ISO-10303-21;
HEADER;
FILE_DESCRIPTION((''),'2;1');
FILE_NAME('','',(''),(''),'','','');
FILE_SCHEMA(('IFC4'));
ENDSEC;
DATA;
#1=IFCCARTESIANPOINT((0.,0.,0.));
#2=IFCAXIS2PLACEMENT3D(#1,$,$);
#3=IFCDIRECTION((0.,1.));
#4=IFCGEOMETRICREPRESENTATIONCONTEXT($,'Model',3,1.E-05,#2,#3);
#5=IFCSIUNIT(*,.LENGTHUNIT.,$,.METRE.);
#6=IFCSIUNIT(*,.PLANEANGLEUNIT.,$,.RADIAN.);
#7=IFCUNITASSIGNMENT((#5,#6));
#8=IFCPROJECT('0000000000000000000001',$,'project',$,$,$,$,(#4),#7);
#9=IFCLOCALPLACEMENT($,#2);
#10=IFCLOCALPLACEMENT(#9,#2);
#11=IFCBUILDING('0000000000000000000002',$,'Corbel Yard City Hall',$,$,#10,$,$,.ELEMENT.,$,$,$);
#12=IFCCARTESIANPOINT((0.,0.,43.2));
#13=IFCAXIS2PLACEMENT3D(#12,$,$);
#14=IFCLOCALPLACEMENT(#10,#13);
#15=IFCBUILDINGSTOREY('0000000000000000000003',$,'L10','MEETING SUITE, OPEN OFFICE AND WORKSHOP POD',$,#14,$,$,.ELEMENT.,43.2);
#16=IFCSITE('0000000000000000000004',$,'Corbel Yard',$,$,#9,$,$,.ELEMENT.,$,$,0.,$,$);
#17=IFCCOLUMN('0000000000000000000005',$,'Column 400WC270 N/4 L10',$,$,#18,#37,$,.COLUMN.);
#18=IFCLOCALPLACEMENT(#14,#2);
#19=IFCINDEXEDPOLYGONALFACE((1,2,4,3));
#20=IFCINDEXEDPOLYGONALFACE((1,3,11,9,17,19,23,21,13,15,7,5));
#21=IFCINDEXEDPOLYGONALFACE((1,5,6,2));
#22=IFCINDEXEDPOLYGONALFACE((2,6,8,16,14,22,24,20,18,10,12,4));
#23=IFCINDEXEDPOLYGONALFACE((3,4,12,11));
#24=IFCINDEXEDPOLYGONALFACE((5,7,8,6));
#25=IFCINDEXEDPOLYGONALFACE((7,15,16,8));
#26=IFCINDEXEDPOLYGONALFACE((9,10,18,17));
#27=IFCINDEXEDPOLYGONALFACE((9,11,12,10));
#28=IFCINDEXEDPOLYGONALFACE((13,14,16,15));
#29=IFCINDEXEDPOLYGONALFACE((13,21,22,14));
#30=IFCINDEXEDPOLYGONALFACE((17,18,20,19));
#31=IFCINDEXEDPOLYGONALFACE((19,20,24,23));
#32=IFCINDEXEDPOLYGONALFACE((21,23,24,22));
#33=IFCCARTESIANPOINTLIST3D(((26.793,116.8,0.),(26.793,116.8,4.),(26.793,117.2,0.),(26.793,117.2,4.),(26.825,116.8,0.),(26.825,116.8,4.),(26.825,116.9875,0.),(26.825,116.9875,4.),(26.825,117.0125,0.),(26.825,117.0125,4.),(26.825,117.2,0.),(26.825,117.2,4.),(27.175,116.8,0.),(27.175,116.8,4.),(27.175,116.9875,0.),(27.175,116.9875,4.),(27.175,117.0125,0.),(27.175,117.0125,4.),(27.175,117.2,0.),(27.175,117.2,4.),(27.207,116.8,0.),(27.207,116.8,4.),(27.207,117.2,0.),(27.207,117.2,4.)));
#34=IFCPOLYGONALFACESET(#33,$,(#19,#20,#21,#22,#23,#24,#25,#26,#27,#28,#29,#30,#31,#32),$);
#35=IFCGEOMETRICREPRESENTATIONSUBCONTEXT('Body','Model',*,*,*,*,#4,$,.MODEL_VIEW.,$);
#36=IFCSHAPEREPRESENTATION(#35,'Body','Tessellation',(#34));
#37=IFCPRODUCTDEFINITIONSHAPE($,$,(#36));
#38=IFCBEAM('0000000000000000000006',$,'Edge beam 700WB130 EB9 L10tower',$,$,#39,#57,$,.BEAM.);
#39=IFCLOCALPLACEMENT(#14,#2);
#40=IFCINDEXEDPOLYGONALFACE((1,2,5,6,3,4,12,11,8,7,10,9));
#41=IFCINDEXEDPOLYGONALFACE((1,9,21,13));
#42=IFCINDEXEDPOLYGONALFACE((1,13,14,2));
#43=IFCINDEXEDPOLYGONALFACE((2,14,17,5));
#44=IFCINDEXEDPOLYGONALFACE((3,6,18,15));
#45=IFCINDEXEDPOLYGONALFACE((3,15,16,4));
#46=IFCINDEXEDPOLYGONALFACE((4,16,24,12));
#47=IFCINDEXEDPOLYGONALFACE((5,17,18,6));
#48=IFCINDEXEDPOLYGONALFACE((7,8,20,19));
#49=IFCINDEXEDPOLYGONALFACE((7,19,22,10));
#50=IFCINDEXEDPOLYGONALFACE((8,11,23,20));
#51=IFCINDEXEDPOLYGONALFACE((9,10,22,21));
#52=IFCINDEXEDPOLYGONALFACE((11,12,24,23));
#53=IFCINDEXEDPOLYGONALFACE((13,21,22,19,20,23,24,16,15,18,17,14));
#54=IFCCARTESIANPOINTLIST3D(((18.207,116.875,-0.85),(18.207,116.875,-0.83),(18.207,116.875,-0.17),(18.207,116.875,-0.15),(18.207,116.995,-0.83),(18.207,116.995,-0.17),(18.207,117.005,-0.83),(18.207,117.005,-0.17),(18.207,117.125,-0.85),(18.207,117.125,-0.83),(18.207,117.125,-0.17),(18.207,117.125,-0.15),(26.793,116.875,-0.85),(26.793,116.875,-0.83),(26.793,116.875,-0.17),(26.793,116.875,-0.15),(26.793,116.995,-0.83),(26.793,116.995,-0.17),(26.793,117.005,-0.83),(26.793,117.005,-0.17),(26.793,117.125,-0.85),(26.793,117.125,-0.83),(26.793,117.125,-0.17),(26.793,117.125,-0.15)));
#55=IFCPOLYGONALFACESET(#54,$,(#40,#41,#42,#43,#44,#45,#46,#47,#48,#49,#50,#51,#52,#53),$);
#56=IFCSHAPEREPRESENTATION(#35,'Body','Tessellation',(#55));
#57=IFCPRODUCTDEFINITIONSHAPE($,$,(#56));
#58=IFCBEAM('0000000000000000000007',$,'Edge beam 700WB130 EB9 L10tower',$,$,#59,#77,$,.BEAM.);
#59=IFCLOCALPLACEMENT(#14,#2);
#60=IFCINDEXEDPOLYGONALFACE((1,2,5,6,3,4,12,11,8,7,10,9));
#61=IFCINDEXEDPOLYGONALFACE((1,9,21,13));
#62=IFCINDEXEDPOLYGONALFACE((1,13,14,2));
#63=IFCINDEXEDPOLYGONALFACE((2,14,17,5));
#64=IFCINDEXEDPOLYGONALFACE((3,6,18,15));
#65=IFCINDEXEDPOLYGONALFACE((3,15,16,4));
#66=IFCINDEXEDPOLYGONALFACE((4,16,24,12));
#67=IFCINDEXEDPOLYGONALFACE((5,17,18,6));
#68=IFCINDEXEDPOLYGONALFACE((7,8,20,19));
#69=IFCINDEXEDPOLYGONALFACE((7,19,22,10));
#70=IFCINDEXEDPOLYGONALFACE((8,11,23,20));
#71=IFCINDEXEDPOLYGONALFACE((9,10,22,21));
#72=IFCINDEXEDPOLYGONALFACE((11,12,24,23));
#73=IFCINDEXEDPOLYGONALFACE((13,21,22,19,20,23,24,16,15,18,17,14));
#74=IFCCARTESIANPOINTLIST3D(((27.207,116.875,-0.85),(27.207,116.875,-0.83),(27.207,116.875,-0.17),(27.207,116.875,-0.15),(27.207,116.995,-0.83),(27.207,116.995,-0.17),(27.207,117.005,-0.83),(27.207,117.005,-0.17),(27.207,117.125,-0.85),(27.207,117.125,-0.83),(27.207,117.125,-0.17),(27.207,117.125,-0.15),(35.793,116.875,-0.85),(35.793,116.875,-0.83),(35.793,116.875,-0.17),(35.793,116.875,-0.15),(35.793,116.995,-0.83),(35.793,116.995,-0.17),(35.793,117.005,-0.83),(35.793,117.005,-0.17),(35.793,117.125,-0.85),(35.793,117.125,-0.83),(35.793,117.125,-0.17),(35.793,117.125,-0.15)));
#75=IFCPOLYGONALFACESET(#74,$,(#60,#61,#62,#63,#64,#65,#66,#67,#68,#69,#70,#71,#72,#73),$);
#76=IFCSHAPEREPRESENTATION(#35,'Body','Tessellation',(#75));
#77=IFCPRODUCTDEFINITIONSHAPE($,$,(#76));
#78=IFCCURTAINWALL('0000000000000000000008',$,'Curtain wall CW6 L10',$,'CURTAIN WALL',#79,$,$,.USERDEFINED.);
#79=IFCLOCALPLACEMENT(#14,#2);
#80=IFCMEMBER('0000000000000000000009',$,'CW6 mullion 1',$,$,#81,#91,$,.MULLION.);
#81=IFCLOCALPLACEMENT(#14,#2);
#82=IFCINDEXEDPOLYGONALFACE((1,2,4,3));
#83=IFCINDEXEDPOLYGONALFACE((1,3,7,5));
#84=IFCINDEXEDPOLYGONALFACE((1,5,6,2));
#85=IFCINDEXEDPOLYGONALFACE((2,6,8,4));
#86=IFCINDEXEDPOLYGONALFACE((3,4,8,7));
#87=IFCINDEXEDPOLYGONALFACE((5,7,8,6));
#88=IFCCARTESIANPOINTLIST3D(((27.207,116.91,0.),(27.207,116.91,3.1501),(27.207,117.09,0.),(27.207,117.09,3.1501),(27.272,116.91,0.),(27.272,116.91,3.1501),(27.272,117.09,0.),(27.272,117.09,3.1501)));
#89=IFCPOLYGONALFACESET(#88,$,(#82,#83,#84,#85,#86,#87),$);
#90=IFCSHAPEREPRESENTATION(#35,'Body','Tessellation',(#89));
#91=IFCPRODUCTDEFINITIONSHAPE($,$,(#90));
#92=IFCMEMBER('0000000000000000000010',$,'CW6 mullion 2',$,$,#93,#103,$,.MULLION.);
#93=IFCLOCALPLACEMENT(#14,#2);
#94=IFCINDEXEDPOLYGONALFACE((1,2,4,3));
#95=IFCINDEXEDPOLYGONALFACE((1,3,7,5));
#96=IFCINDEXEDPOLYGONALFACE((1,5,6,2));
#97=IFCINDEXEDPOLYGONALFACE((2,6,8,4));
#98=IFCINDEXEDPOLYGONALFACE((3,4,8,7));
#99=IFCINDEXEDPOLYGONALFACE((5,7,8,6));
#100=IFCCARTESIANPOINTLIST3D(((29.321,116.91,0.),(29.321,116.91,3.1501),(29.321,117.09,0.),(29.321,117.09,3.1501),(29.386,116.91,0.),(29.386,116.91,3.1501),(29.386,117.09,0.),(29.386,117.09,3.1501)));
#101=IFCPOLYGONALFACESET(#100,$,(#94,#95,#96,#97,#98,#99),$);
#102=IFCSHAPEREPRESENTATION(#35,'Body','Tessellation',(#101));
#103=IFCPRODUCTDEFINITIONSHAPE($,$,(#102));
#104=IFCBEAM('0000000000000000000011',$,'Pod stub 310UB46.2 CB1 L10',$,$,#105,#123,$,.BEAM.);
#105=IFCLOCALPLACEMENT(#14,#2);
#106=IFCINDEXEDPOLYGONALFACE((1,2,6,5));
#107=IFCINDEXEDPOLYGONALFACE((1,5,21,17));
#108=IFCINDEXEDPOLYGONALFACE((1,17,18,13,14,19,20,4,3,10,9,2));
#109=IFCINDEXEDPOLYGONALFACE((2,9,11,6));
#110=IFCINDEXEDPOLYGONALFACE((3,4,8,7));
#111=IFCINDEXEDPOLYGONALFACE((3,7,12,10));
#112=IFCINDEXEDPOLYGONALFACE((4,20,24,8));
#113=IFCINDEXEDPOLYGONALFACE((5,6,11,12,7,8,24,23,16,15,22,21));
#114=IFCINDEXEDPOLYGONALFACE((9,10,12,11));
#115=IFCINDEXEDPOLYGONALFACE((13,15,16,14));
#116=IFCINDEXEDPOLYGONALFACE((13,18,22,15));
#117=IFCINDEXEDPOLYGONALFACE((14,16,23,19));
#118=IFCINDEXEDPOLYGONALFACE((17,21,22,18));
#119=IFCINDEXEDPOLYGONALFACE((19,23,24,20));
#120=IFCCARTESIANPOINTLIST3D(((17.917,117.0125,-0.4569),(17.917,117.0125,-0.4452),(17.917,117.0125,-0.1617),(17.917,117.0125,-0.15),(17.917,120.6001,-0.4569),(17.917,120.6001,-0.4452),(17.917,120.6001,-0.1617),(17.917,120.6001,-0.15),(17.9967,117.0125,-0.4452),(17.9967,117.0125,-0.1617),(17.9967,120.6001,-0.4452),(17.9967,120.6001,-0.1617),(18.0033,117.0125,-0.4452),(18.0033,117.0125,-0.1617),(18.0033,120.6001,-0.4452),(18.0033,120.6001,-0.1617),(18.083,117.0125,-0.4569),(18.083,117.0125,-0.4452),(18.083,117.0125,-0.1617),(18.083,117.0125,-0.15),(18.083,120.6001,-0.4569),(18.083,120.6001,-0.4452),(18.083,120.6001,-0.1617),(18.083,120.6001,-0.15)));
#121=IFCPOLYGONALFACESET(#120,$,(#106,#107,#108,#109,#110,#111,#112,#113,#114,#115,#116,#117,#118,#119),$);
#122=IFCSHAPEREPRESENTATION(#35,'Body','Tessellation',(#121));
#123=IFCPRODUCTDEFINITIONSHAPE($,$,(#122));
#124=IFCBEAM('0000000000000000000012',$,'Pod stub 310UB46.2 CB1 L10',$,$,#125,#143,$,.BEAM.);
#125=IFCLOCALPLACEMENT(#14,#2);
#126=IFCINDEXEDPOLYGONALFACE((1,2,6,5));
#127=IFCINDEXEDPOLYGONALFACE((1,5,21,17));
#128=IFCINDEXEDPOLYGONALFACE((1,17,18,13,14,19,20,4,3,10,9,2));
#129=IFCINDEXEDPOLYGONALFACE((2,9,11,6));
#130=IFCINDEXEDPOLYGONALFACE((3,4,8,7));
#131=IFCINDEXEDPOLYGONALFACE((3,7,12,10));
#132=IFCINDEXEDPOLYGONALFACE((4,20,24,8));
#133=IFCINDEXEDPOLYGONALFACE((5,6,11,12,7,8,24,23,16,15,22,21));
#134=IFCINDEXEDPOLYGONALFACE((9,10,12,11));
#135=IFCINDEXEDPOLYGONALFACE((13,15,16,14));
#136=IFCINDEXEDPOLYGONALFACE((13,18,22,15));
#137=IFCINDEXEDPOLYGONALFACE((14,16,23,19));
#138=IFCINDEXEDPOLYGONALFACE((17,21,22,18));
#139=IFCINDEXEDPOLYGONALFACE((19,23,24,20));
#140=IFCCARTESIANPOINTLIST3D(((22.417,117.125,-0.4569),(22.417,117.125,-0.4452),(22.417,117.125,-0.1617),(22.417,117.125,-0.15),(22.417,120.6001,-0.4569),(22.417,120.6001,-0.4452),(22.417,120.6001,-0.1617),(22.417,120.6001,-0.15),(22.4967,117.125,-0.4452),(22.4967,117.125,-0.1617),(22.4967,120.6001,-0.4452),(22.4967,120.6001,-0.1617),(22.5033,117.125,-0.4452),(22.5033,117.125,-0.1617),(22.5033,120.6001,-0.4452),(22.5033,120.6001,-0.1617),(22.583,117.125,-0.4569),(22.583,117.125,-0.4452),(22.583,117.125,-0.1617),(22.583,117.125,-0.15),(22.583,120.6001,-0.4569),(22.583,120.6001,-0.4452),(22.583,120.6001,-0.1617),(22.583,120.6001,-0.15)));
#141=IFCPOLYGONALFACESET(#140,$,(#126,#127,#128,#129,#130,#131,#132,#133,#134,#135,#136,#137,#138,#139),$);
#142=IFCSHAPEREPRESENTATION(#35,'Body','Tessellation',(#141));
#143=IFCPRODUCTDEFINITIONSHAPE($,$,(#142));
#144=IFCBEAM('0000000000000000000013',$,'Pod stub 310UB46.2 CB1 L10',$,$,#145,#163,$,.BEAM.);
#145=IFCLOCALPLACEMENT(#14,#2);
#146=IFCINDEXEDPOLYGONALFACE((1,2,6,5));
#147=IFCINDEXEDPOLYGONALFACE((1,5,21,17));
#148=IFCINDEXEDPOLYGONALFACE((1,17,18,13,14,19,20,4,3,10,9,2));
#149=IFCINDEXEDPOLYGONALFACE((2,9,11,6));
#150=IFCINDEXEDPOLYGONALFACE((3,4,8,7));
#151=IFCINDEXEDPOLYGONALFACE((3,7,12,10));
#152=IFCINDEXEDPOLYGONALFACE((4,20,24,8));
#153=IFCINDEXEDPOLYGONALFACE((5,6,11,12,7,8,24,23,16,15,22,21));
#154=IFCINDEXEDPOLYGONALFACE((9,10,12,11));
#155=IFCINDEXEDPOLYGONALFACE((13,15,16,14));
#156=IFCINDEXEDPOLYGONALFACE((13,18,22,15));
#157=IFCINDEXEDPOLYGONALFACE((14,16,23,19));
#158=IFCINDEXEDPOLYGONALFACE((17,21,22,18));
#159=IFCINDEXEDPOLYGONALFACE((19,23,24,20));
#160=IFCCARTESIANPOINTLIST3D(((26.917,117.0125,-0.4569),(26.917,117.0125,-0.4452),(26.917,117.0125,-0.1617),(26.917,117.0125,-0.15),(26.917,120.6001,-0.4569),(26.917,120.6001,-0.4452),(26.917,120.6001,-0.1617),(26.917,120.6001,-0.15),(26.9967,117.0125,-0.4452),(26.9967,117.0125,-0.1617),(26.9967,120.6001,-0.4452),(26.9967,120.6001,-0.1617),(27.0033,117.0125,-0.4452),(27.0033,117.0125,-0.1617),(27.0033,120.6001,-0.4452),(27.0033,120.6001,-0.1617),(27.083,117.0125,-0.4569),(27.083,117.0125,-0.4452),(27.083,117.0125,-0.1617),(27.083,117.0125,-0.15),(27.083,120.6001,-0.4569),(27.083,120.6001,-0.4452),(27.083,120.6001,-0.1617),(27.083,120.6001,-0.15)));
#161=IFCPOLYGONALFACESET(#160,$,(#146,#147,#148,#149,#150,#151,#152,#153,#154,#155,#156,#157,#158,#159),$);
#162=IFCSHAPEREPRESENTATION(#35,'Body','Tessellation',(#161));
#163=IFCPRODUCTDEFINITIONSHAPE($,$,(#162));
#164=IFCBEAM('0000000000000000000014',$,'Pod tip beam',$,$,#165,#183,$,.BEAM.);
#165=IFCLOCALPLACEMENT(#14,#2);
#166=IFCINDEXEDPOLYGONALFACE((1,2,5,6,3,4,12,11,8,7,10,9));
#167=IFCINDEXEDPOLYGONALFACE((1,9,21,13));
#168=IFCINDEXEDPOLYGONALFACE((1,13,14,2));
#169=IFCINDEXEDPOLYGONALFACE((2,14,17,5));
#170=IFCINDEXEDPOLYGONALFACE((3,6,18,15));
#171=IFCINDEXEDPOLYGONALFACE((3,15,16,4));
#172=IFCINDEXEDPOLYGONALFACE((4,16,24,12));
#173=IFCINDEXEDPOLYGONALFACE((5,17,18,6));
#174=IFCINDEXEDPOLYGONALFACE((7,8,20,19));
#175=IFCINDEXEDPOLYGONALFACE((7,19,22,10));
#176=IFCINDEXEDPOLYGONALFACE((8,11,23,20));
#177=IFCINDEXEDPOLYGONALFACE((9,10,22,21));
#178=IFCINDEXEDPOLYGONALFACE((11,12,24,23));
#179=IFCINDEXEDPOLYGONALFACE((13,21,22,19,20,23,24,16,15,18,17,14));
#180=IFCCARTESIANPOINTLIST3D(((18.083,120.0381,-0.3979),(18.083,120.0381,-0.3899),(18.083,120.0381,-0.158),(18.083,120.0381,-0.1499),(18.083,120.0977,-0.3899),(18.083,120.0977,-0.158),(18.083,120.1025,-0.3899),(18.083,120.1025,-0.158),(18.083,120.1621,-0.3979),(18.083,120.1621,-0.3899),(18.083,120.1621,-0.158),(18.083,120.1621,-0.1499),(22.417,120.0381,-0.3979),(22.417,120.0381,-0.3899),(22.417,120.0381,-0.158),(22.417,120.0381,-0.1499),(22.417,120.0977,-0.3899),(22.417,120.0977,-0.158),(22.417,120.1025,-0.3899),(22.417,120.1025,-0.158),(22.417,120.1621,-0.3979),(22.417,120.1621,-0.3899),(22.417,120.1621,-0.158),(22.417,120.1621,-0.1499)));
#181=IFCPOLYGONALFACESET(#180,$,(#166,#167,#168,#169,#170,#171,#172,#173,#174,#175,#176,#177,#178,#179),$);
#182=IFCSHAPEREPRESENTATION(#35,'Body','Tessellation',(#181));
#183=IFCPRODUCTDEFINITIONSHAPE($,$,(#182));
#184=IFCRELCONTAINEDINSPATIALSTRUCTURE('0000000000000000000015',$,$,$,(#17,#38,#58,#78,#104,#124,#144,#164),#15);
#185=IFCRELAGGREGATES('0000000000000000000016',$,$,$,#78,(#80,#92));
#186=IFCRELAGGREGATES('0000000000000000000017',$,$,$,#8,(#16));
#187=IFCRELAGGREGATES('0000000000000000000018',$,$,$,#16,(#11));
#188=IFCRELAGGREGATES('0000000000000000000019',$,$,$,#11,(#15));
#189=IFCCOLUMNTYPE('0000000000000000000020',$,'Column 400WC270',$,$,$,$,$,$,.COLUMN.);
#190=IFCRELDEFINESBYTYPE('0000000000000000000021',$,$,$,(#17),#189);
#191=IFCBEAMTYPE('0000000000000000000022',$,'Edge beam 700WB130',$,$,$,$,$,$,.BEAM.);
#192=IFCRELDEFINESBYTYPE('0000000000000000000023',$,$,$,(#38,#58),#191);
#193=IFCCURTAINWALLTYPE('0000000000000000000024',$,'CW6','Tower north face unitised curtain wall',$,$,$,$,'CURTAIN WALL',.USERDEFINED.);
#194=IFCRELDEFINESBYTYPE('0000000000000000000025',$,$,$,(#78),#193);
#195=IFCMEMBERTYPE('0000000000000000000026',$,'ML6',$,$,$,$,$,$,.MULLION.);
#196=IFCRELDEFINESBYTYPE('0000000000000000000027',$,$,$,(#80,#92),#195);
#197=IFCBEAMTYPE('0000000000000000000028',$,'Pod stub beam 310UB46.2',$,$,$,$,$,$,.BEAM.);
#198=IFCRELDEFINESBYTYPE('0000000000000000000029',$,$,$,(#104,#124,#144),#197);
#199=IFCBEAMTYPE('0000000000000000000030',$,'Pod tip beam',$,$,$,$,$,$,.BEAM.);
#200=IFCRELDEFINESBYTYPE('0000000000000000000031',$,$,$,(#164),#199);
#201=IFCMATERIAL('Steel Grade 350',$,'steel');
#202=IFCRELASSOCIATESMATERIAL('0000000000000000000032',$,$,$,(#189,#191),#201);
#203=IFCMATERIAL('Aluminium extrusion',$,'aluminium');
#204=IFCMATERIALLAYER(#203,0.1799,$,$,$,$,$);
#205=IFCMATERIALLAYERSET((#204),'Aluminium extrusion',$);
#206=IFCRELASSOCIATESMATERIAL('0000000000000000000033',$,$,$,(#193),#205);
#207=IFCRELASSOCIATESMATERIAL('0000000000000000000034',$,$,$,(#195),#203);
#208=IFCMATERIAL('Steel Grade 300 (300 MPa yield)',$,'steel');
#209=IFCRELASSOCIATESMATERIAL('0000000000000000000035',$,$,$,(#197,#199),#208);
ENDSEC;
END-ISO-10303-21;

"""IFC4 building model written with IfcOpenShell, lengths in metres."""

from ifc_helpers import new_model, si_unit, direction, frame, origin, origin_2d, place, context, subcontext, project, spatial, rectangle, i_section, extrude, material, layer, layer_set, material_profile, profile_set, type_object, element, aggregate, save


model = new_model("IFC4")

# Units and contexts
model_context = context("Model", 3, precision=1e-05, world=origin(), true_north=direction((0.0, 1.0)))
body_context = subcontext(model_context, "Body", "Model", "MODEL_VIEW")
ifc_project = project(units=[si_unit("LENGTHUNIT", "METRE"), si_unit("PLANEANGLEUNIT", "RADIAN")], contexts=[model_context])

# Site, building, storey
site_placement = place(None, origin())
site = spatial("IfcSite", under=ifc_project, at=site_placement, Name="Corbel Yard", CompositionType="ELEMENT", RefElevation=0.0)
building_placement = place(site_placement, origin())
building = spatial("IfcBuilding", under=site, at=building_placement, Name="Corbel Yard City Hall", CompositionType="ELEMENT")
storey_placement = place(building_placement, frame((0.0, 0.0, 43.2)))
storey = spatial("IfcBuildingStorey", under=building, at=storey_placement, Name="L10", Description="MEETING SUITE, OPEN OFFICE AND WORKSHOP POD", CompositionType="ELEMENT", Elevation=43.2)

# Column
ifc_material_1 = material(Name="Steel Grade 350", Category="steel")
ifc_material_profile_1 = material_profile(ifc_material_1, i_section(OverallWidth=0.3999, OverallDepth=0.4141, WebThickness=0.0249, FlangeThickness=0.032, at=origin_2d()), Name="400WC270")
ifc_profile_set_1 = profile_set([ifc_material_profile_1], Name="Steel Grade 350")
column_type = type_object("IfcColumnType", Name="Column 400WC270", PredefinedType="COLUMN", material=ifc_profile_set_1)
column_placement = place(storey_placement, frame((27.0, 117.0, 0.0), z_axis=(0.0, 0.0, 1.0), x_axis=(0.0, 1.0, 0.0)))
element("IfcColumn", 1, at=column_placement, inside=storey, type_object=column_type, Name="Column 400WC270 N/4 L10", PredefinedType="COLUMN", context=body_context, shape_type="SweptSolid", body=[
    extrude(i_section(OverallWidth=0.3999, OverallDepth=0.4141, WebThickness=0.0249, FlangeThickness=0.032, at=origin_2d()), origin(), (0.0, 0.0, 1.0), 4.0),
])

# Beams
ifc_material_profile_2 = material_profile(ifc_material_1, i_section(OverallWidth=0.25, OverallDepth=0.7, WebThickness=0.01, FlangeThickness=0.02, at=origin_2d()), Name="700WB130")
ifc_profile_set_2 = profile_set([ifc_material_profile_2], Name="Steel Grade 350")
beam_type_1 = type_object("IfcBeamType", Name="Edge beam 700WB130", PredefinedType="BEAM", material=ifc_profile_set_2)
for number, where, z_axis, x_axis, name in (
    (2, (18.207, 117.0, -0.5), (1.0, 0.0, 0.0), (0.0, 1.0, 0.0), "Edge beam 700WB130 EB9 L10tower"),
    (3, (27.207, 117.0, -0.5), (1.0, 0.0, 0.0), (0.0, 1.0, 0.0), "Edge beam 700WB130 EB9 L10tower"),
):
    element("IfcBeam", number, at=place(storey_placement, frame(where, z_axis=z_axis, x_axis=x_axis)), inside=storey, type_object=beam_type_1, Name=name, PredefinedType="BEAM", context=body_context, shape_type="SweptSolid", body=[
        extrude(i_section(OverallWidth=0.25, OverallDepth=0.7, WebThickness=0.01, FlangeThickness=0.02, at=origin_2d()), origin(), (0.0, 0.0, 1.0), 8.5859),
    ])

# Curtain wall, members
ifc_material_2 = material(Name="Aluminium extrusion", Category="aluminium")
ifc_layer_1 = layer(ifc_material_2, 0.1799)
ifc_layer_set_1 = layer_set([ifc_layer_1], Name="Aluminium extrusion")
curtain_wall_type = type_object("IfcCurtainWallType", Name="CW6", Description="Tower north face unitised curtain wall", ElementType="CURTAIN WALL", PredefinedType="USERDEFINED", material=ifc_layer_set_1)
curtain_wall_placement = place(storey_placement, origin())
curtain_wall = element("IfcCurtainWall", 4, at=curtain_wall_placement, inside=storey, type_object=curtain_wall_type, Name="Curtain wall CW6 L10", ObjectType="CURTAIN WALL", PredefinedType="USERDEFINED")
ifc_material_profile_3 = material_profile(ifc_material_2, rectangle(XDim=0.1799, YDim=0.0649, at=origin_2d()), Name="180x65")
ifc_profile_set_3 = profile_set([ifc_material_profile_3], Name="Aluminium extrusion")
member_type_1 = type_object("IfcMemberType", Name="ML6", PredefinedType="MULLION", material=ifc_profile_set_3)
member_1_placement = place(storey_placement, frame((27.2395, 117.0, 0.0), z_axis=(0.0, 0.0, 1.0), x_axis=(0.0, 1.0, 0.0)))
member_1 = element("IfcMember", 5, at=member_1_placement, type_object=member_type_1, Name="CW6 mullion 1", PredefinedType="MULLION", context=body_context, shape_type="SweptSolid", body=[
    extrude(rectangle(XDim=0.1799, YDim=0.0649, at=origin_2d()), origin(), (0.0, 0.0, 1.0), 3.1501),
])
member_2_placement = place(storey_placement, frame((29.3535, 117.0, 0.0), z_axis=(0.0, 0.0, 1.0), x_axis=(0.0, 1.0, 0.0)))
member_2 = element("IfcMember", 6, at=member_2_placement, type_object=member_type_1, Name="CW6 mullion 2", PredefinedType="MULLION", context=body_context, shape_type="SweptSolid", body=[
    extrude(rectangle(XDim=0.1799, YDim=0.0649, at=origin_2d()), origin(), (0.0, 0.0, 1.0), 3.1501),
])

# Beams
ifc_material_3 = material(Name="Steel Grade 300 (300 MPa yield)", Category="steel")
ifc_material_profile_4 = material_profile(ifc_material_3, i_section(OverallWidth=0.166, OverallDepth=0.3069, WebThickness=0.0066, FlangeThickness=0.0117, at=origin_2d()), Name="310UB46.2")
ifc_profile_set_4 = profile_set([ifc_material_profile_4], Name="Steel Grade 300 (300 MPa yield)")
beam_type_2 = type_object("IfcBeamType", Name="Pod stub beam 310UB46.2", PredefinedType="BEAM", material=ifc_profile_set_4)
beam_1_placement = place(storey_placement, frame((18.0, 117.0125, -0.3035), z_axis=(0.0, 1.0, 0.0), x_axis=(-1.0, 0.0, 0.0)))
element("IfcBeam", 7, at=beam_1_placement, inside=storey, type_object=beam_type_2, Name="Pod stub 310UB46.2 CB1 L10", PredefinedType="BEAM", context=body_context, shape_type="SweptSolid", body=[
    extrude(i_section(OverallWidth=0.166, OverallDepth=0.3069, WebThickness=0.0066, FlangeThickness=0.0117, at=origin_2d()), origin(), (0.0, 0.0, 1.0), 3.5876),
])
beam_2_placement = place(storey_placement, frame((22.5, 117.125, -0.3035), z_axis=(0.0, 1.0, 0.0), x_axis=(-1.0, 0.0, 0.0)))
element("IfcBeam", 8, at=beam_2_placement, inside=storey, type_object=beam_type_2, Name="Pod stub 310UB46.2 CB1 L10", PredefinedType="BEAM", context=body_context, shape_type="SweptSolid", body=[
    extrude(i_section(OverallWidth=0.166, OverallDepth=0.3069, WebThickness=0.0066, FlangeThickness=0.0117, at=origin_2d()), origin(), (0.0, 0.0, 1.0), 3.4751),
])
beam_3_placement = place(storey_placement, frame((27.0, 117.0125, -0.3035), z_axis=(0.0, 1.0, 0.0), x_axis=(-1.0, 0.0, 0.0)))
element("IfcBeam", 9, at=beam_3_placement, inside=storey, type_object=beam_type_2, Name="Pod stub 310UB46.2 CB1 L10", PredefinedType="BEAM", context=body_context, shape_type="SweptSolid", body=[
    extrude(i_section(OverallWidth=0.166, OverallDepth=0.3069, WebThickness=0.0066, FlangeThickness=0.0117, at=origin_2d()), origin(), (0.0, 0.0, 1.0), 3.5876),
])
ifc_material_profile_5 = material_profile(ifc_material_3, i_section(OverallWidth=0.124, OverallDepth=0.248, WebThickness=0.0049, FlangeThickness=0.0081, at=origin_2d()), Name="250UB25.7")
ifc_profile_set_5 = profile_set([ifc_material_profile_5], Name="Steel Grade 300 (300 MPa yield)")
beam_type_3 = type_object("IfcBeamType", Name="Pod tip beam", PredefinedType="BEAM", material=ifc_profile_set_5)
for number, where, z_axis, x_axis, name in (
    (10, (18.083, 120.1001, -0.2739), (1.0, 0.0, 0.0), (0.0, 1.0, 0.0), "Pod tip beam"),
):
    element("IfcBeam", number, at=place(storey_placement, frame(where, z_axis=z_axis, x_axis=x_axis)), inside=storey, type_object=beam_type_3, Name=name, PredefinedType="BEAM", context=body_context, shape_type="SweptSolid", body=[
        extrude(i_section(OverallWidth=0.124, OverallDepth=0.248, WebThickness=0.0049, FlangeThickness=0.0081, at=origin_2d()), origin(), (0.0, 0.0, 1.0), 4.334),
    ])

aggregate(curtain_wall, [member_1, member_2])

save(model, "model.ifc")
